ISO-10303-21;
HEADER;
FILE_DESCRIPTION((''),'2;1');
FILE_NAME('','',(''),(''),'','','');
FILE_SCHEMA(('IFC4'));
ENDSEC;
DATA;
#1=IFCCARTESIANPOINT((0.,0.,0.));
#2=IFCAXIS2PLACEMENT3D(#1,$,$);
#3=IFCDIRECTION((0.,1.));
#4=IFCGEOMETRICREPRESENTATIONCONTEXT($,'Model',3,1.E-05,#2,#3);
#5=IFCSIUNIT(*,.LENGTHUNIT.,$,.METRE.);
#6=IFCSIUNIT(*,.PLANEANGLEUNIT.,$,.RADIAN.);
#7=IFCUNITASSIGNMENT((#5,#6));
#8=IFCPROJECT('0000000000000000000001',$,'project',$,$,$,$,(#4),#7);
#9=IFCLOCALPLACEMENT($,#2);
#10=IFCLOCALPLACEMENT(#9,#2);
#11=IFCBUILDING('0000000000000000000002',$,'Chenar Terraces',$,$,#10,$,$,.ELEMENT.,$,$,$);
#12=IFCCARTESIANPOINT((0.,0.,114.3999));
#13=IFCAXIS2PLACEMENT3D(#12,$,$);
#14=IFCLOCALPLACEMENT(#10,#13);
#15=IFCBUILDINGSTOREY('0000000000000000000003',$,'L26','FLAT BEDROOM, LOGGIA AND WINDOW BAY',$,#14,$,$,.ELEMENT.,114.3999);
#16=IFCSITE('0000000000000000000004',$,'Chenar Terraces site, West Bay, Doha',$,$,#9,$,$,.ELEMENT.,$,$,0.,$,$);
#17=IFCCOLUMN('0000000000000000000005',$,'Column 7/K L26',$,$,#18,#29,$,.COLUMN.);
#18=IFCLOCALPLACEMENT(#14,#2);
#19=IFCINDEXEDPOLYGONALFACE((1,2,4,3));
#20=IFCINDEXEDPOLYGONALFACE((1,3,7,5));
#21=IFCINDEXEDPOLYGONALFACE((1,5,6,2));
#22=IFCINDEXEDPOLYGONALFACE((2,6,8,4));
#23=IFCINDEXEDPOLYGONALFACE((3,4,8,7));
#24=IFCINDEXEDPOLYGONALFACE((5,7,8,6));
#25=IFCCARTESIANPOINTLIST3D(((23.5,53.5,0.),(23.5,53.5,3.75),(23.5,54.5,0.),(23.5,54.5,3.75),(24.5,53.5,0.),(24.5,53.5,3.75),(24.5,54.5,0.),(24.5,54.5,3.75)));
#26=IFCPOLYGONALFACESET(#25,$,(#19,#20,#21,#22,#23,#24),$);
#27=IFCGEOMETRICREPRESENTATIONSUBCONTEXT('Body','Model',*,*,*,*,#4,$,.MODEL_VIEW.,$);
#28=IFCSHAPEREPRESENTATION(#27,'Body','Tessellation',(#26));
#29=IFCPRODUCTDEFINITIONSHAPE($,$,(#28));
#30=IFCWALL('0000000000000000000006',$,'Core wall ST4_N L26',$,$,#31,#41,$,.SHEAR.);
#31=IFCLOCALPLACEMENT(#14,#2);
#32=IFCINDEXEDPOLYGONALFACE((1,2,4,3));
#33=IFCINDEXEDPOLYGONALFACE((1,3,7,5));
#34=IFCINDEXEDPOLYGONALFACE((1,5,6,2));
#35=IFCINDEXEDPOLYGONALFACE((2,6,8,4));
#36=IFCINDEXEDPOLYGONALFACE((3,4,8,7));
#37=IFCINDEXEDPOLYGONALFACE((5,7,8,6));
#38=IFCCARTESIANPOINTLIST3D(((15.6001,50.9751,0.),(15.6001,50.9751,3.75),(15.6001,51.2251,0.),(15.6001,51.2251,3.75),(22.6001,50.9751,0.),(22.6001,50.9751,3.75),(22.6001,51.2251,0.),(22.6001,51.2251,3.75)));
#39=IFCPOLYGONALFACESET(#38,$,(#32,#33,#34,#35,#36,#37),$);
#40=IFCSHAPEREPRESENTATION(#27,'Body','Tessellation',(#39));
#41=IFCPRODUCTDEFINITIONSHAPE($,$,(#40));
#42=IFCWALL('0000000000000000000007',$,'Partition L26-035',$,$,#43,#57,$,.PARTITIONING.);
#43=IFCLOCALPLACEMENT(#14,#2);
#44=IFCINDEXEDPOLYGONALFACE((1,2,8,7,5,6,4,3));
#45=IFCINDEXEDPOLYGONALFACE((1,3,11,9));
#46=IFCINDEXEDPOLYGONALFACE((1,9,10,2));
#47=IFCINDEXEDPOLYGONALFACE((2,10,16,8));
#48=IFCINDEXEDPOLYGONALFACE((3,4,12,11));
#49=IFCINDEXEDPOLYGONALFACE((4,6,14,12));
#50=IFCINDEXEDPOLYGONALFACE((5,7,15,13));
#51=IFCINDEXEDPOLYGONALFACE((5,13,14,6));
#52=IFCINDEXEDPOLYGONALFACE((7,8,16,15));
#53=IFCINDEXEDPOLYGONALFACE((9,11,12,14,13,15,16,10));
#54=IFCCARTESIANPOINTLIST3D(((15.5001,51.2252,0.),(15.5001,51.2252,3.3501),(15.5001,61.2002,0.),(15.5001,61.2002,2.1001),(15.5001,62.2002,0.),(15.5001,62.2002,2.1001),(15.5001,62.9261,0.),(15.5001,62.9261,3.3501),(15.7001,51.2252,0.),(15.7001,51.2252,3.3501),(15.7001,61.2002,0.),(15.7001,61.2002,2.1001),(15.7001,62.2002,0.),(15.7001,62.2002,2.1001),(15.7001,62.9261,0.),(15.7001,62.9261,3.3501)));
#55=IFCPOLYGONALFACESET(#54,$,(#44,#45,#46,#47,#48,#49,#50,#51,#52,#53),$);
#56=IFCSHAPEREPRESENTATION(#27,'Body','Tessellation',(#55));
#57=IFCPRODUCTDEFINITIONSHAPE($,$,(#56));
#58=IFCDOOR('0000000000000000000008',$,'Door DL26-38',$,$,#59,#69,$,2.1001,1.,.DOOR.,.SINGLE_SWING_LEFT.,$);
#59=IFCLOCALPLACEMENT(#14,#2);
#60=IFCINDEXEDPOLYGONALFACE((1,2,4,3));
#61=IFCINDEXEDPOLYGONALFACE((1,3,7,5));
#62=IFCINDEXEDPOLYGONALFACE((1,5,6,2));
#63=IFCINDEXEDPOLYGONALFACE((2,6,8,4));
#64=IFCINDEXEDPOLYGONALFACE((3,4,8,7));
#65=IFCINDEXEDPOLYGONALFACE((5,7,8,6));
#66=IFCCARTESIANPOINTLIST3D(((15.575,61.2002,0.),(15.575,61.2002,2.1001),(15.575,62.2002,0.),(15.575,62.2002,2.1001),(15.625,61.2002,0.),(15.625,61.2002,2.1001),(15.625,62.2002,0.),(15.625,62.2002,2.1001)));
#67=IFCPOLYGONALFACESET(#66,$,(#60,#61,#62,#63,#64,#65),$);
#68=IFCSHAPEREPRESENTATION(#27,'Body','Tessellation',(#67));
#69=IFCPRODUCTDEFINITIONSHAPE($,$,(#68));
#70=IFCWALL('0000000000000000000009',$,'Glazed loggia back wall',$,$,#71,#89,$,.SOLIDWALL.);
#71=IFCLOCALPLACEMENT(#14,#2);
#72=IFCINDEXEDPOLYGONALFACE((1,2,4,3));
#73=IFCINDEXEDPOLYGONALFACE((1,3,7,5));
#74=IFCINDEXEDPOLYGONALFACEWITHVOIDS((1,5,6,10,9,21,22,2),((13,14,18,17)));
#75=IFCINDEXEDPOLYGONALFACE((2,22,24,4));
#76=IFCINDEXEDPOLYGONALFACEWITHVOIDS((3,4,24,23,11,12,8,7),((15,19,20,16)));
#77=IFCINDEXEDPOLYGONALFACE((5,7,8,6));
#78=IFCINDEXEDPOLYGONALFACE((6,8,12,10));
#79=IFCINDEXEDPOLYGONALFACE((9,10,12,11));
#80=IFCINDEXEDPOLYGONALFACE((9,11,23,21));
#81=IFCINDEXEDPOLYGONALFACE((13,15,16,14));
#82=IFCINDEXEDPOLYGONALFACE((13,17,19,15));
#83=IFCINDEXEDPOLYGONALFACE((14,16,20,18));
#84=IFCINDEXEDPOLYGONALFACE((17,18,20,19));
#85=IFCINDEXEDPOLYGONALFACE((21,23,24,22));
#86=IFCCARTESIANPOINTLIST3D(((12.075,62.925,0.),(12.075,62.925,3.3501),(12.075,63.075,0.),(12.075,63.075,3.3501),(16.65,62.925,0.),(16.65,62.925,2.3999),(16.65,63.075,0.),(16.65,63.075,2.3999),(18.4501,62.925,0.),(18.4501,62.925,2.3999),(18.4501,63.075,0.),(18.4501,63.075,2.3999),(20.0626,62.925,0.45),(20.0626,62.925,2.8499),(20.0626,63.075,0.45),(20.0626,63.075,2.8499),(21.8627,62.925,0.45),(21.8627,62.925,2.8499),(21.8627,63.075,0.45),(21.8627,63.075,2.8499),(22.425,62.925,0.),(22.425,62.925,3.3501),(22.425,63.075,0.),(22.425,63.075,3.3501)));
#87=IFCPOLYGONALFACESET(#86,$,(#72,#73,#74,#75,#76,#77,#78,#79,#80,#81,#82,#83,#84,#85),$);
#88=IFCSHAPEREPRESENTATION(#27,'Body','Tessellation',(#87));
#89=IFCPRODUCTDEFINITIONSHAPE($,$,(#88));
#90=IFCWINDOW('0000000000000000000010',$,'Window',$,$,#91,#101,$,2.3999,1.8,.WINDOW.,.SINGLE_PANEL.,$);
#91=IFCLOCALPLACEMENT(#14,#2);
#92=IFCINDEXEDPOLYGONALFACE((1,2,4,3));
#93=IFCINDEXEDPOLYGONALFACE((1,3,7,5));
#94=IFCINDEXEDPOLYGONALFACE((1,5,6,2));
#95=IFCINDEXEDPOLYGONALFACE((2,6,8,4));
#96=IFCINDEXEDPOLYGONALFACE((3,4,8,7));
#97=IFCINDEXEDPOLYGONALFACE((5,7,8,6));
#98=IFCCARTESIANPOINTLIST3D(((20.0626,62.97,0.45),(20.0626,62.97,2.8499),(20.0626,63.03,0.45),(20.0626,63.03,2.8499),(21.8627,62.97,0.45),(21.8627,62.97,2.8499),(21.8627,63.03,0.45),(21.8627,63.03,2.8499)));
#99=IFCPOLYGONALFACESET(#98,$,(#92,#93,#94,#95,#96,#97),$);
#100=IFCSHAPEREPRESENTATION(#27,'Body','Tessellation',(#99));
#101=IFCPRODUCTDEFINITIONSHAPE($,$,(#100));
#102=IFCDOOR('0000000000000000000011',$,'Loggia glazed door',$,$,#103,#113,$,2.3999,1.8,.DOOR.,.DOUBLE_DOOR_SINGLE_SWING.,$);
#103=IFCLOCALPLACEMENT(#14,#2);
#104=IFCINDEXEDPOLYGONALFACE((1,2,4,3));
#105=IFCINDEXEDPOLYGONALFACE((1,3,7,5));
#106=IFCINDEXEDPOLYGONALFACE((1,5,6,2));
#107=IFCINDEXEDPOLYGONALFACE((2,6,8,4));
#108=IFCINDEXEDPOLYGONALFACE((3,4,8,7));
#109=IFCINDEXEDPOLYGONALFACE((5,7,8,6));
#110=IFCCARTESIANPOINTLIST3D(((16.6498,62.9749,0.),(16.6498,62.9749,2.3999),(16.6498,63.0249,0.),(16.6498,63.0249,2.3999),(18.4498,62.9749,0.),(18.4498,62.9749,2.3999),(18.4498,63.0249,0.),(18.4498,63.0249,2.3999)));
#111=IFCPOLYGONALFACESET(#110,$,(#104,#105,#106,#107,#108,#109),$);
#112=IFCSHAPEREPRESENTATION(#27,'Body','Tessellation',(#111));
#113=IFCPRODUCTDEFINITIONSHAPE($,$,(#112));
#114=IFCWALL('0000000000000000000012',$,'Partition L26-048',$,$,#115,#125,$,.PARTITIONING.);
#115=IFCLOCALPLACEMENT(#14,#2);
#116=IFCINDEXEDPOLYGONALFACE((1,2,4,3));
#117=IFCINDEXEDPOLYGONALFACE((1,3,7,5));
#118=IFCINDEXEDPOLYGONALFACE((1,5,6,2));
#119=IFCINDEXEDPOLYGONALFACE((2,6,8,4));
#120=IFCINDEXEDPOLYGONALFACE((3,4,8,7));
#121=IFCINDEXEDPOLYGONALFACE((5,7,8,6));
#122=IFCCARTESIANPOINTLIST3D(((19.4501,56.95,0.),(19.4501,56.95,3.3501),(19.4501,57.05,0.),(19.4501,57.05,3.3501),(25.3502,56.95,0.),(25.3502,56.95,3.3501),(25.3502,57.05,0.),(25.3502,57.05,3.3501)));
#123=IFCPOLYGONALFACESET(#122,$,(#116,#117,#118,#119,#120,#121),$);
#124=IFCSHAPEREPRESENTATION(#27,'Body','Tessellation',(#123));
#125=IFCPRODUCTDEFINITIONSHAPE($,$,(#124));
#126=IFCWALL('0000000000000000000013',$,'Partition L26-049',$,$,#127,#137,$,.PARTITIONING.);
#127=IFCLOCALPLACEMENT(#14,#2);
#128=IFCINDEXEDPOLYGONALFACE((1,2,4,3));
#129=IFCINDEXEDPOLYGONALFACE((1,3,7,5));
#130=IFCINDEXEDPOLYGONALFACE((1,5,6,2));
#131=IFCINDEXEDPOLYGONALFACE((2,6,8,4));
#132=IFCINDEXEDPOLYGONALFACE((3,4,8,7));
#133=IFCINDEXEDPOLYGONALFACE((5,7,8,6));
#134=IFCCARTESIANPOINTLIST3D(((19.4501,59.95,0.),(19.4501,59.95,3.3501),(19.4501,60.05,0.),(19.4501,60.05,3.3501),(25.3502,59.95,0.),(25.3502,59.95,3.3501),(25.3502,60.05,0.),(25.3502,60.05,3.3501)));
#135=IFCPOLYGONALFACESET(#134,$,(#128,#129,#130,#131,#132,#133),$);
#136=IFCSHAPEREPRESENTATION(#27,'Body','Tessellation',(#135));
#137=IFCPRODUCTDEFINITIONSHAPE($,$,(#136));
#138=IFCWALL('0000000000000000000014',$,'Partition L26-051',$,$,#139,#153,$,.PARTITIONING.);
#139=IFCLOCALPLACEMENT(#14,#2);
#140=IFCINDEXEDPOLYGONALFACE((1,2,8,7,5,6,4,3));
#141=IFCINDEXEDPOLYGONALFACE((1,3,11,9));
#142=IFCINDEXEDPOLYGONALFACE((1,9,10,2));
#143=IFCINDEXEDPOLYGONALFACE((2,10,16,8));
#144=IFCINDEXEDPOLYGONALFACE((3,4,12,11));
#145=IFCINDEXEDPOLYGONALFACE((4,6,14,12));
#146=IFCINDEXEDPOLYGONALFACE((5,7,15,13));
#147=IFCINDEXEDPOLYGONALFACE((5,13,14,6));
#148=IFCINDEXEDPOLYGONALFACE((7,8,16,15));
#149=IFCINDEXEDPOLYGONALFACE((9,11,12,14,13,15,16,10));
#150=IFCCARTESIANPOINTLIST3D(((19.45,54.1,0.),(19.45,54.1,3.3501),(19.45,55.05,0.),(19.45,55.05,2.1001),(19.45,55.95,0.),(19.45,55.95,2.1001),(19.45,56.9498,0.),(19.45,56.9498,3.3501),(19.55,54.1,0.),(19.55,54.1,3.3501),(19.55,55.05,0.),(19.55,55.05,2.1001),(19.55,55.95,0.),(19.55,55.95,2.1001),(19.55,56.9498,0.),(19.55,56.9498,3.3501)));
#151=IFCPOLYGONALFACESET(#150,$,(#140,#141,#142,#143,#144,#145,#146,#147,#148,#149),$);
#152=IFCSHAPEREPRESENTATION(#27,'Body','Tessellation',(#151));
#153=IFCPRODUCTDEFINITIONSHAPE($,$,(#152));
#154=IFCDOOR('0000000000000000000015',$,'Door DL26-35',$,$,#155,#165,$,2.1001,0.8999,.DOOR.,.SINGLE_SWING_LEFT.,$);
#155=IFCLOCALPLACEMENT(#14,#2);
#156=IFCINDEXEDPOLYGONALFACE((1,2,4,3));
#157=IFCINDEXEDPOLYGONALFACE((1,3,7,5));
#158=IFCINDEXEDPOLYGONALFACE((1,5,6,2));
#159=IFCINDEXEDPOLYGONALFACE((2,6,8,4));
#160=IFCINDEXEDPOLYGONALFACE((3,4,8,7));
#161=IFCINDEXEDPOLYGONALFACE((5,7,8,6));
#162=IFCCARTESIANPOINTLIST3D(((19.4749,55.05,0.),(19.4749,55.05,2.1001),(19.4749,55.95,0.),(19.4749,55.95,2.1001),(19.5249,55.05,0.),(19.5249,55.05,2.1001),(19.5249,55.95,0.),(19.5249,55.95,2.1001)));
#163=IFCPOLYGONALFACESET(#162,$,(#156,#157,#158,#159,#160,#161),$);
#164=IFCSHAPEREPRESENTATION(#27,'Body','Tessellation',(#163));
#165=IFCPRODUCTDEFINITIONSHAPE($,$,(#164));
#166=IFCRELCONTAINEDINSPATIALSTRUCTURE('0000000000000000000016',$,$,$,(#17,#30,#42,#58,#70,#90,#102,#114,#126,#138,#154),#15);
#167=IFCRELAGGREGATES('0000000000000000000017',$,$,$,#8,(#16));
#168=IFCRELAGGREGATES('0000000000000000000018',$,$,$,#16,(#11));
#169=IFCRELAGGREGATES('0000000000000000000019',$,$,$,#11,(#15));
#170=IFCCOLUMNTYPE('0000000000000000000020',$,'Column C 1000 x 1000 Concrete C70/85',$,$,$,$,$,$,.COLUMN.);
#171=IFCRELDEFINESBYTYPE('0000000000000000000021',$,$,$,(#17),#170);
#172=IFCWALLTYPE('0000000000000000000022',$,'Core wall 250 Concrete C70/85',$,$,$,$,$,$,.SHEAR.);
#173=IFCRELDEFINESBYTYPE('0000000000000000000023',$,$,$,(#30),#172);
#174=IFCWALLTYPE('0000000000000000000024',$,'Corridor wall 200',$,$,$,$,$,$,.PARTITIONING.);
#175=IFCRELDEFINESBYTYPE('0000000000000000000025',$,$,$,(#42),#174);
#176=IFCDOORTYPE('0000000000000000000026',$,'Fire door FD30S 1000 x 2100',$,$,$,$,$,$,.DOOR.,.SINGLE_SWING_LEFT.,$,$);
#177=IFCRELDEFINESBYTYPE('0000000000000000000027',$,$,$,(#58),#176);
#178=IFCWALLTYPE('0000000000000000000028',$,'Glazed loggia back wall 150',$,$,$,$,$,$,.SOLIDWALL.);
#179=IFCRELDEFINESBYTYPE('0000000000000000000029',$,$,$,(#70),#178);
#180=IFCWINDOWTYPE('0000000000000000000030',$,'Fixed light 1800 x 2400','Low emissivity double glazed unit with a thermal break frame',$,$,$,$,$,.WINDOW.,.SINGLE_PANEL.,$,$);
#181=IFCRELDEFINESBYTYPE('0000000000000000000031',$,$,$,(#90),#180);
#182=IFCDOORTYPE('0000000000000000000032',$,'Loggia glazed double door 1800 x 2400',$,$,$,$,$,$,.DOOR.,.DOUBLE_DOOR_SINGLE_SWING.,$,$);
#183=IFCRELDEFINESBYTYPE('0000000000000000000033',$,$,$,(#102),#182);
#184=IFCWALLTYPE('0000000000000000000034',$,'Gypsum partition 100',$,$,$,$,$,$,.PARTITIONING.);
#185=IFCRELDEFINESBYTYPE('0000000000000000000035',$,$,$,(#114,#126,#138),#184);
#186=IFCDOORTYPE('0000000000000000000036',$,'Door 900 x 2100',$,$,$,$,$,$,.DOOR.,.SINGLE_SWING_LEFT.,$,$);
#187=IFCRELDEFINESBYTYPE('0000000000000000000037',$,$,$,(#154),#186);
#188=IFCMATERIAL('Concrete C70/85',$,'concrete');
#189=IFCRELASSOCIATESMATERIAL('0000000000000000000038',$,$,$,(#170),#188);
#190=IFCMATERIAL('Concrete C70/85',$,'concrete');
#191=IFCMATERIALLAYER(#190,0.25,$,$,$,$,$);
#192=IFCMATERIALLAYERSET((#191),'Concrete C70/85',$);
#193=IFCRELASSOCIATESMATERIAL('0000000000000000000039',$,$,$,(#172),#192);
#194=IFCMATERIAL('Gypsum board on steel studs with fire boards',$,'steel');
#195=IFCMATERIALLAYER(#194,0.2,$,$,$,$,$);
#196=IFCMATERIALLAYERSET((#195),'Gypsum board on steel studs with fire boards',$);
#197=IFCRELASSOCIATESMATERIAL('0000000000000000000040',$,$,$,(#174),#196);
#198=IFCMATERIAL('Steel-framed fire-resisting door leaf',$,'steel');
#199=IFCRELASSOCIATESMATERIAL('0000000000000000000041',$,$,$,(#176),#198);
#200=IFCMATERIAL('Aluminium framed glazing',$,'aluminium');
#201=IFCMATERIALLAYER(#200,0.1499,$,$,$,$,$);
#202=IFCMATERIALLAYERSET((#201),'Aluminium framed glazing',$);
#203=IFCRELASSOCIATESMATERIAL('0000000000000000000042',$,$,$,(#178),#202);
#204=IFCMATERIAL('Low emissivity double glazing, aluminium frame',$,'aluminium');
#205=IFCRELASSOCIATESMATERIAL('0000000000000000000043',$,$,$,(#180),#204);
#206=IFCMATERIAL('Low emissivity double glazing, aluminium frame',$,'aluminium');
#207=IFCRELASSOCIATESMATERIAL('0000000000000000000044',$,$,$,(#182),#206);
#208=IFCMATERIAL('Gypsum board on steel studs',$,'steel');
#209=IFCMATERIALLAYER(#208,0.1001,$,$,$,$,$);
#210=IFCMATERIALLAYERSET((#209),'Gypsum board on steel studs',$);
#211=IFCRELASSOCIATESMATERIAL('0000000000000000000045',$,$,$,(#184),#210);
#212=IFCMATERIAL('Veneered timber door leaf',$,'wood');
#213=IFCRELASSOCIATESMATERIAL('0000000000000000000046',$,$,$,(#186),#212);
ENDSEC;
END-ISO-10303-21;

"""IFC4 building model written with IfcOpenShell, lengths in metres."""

from ifc_helpers import new_model, si_unit, direction, frame, frame_2d, origin, origin_2d, place, context, subcontext, project, spatial, rectangle, extrude, material, layer, layer_set, material_profile, profile_set, type_object, element, fill, save


model = new_model("IFC4")

# Units and contexts
model_context = context("Model", 3, precision=1e-05, world=origin(), true_north=direction((0.0, 1.0)))
body_context = subcontext(model_context, "Body", "Model", "MODEL_VIEW")
ifc_project = project(units=[si_unit("LENGTHUNIT", "METRE"), si_unit("PLANEANGLEUNIT", "RADIAN")], contexts=[model_context])

# Site, building, storey
site_placement = place(None, origin())
site = spatial("IfcSite", under=ifc_project, at=site_placement, Name="Chenar Terraces site, West Bay, Doha", CompositionType="ELEMENT", RefElevation=0.0)
building_placement = place(site_placement, origin())
building = spatial("IfcBuilding", under=site, at=building_placement, Name="Chenar Terraces", CompositionType="ELEMENT")
storey_placement = place(building_placement, frame((0.0, 0.0, 114.3999)))
storey = spatial("IfcBuildingStorey", under=building, at=storey_placement, Name="L26", Description="FLAT BEDROOM, LOGGIA AND WINDOW BAY", CompositionType="ELEMENT", Elevation=114.3999)

# Column
ifc_material_1 = material(Name="Concrete C70/85", Category="concrete")
ifc_material_profile_1 = material_profile(ifc_material_1, rectangle(XDim=1.0, YDim=1.0, at=origin_2d()), Name="C 1000 x 1000")
ifc_profile_set_1 = profile_set([ifc_material_profile_1], Name="Concrete C70/85")
column_type = type_object("IfcColumnType", Name="Column C 1000 x 1000 Concrete C70/85", PredefinedType="COLUMN", material=ifc_profile_set_1)
column_placement = place(storey_placement, frame((24.0, 54.0, 0.0), z_axis=(0.0, 0.0, 1.0), x_axis=(1.0, 0.0, 0.0)))
element("IfcColumn", 1, at=column_placement, inside=storey, type_object=column_type, Name="Column 7/K L26", PredefinedType="COLUMN", context=body_context, shape_type="SweptSolid", body=[
    extrude(rectangle(XDim=1.0, YDim=1.0, at=origin_2d()), origin(), (0.0, 0.0, 1.0), 3.75),
])

# Wall
ifc_material_2 = material(Name="Concrete C70/85", Category="concrete")
ifc_layer_1 = layer(ifc_material_2, 0.25)
ifc_layer_set_1 = layer_set([ifc_layer_1], Name="Concrete C70/85")
wall_type_1 = type_object("IfcWallType", Name="Core wall 250 Concrete C70/85", PredefinedType="SHEAR", material=ifc_layer_set_1)
wall_1_placement = place(storey_placement, frame((15.6001, 51.1001, 0.0), z_axis=(0.0, 0.0, 1.0), x_axis=(1.0, 0.0, 0.0)))
element("IfcWall", 2, at=wall_1_placement, inside=storey, type_object=wall_type_1, Name="Core wall ST4_N L26", PredefinedType="SHEAR", context=body_context, shape_type="SweptSolid", body=[
    extrude(rectangle(XDim=7.0, YDim=0.25, at=frame_2d((3.5, 0.0))), origin(), (0.0, 0.0, 1.0), 3.75),
])

# Wall, opening, door
ifc_material_3 = material(Name="Gypsum board on steel studs with fire boards", Category="steel")
ifc_layer_2 = layer(ifc_material_3, 0.2)
ifc_layer_set_2 = layer_set([ifc_layer_2], Name="Gypsum board on steel studs with fire boards")
wall_type_2 = type_object("IfcWallType", Name="Corridor wall 200", PredefinedType="PARTITIONING", material=ifc_layer_set_2)
wall_2_placement = place(storey_placement, frame((15.6001, 51.2251, 0.0), z_axis=(0.0, 0.0, 1.0), x_axis=(0.0, 1.0, 0.0)))
wall_2 = element("IfcWall", 3, at=wall_2_placement, inside=storey, type_object=wall_type_2, Name="Partition L26-035", PredefinedType="PARTITIONING", context=body_context, shape_type="SweptSolid", body=[
    extrude(rectangle(XDim=11.7009, YDim=0.2, at=frame_2d((5.8506, 0.0))), origin(), (0.0, 0.0, 1.0), 3.3501),
])
opening_1_placement = place(wall_2_placement, frame((9.9751, 0.0, 0.0)))
opening_1 = element("IfcOpeningElement", 4, at=opening_1_placement, cuts=wall_2, PredefinedType="OPENING", context=body_context, shape_type="SweptSolid", body=[
    extrude(rectangle(XDim=1.0, YDim=2.1001, at=frame_2d((0.5, 1.05))), frame((0.0, 0.1099, 0.0), z_axis=(0.0, -1.0, 0.0), x_axis=(1.0, 0.0, 0.0)), (0.0, 0.0, 1.0), 0.22),
])
ifc_material_4 = material(Name="Steel-framed fire-resisting door leaf", Category="steel")
door_type_1 = type_object("IfcDoorType", Name="Fire door FD30S 1000 x 2100", OperationType="SINGLE_SWING_LEFT", PredefinedType="DOOR", material=ifc_material_4)
door_1_placement = place(opening_1_placement, frame((1.0, 0.0, 0.0), z_axis=(0.0, 0.0, 1.0), x_axis=(-1.0, 0.0, 0.0)))
door_1 = element("IfcDoor", 5, at=door_1_placement, inside=storey, type_object=door_type_1, Name="Door DL26-38", OperationType="SINGLE_SWING_LEFT", OverallHeight=2.1001, OverallWidth=1.0, PredefinedType="DOOR", context=body_context, shape_type="SweptSolid", body=[
    extrude(rectangle(XDim=1.0, YDim=2.1001, at=frame_2d((0.5, 1.05))), frame((0.0, 0.0249, 0.0), z_axis=(0.0, -1.0, 0.0), x_axis=(1.0, 0.0, 0.0)), (0.0, 0.0, 1.0), 0.05),
])
fill(opening_1, door_1)

# Wall, openings, window, door
ifc_material_5 = material(Name="Aluminium framed glazing", Category="aluminium")
ifc_layer_3 = layer(ifc_material_5, 0.1499)
ifc_layer_set_3 = layer_set([ifc_layer_3], Name="Aluminium framed glazing")
wall_type_3 = type_object("IfcWallType", Name="Glazed loggia back wall 150", PredefinedType="SOLIDWALL", material=ifc_layer_set_3)
wall_3_placement = place(storey_placement, frame((22.425, 63.0, 0.0), z_axis=(0.0, 0.0, 1.0), x_axis=(-1.0, 0.0, 0.0)))
wall_3 = element("IfcWall", 6, at=wall_3_placement, inside=storey, type_object=wall_type_3, Name="Glazed loggia back wall", PredefinedType="SOLIDWALL", context=body_context, shape_type="SweptSolid", body=[
    extrude(rectangle(XDim=10.3501, YDim=0.1499, at=frame_2d((5.175, 0.0))), origin(), (0.0, 0.0, 1.0), 3.3501),
])
opening_2_placement = place(wall_3_placement, frame((0.5625, 0.0, 0.45)))
opening_2 = element("IfcOpeningElement", 7, at=opening_2_placement, cuts=wall_3, PredefinedType="OPENING", context=body_context, shape_type="SweptSolid", body=[
    extrude(rectangle(XDim=1.8, YDim=2.3999, at=frame_2d((0.8999, 1.2))), frame((0.0, 0.085, 0.0), z_axis=(0.0, -1.0, 0.0), x_axis=(1.0, 0.0, 0.0)), (0.0, 0.0, 1.0), 0.1699),
])
opening_3_placement = place(wall_3_placement, frame((3.9751, 0.0, 0.0)))
opening_3 = element("IfcOpeningElement", 8, at=opening_3_placement, cuts=wall_3, PredefinedType="OPENING", context=body_context, shape_type="SweptSolid", body=[
    extrude(rectangle(XDim=1.8, YDim=2.3999, at=frame_2d((0.8999, 1.2))), frame((0.0, 0.085, 0.0), z_axis=(0.0, -1.0, 0.0), x_axis=(1.0, 0.0, 0.0)), (0.0, 0.0, 1.0), 0.1699),
])
ifc_material_6 = material(Name="Low emissivity double glazing, aluminium frame", Category="aluminium")
window_type_1 = type_object("IfcWindowType", Name="Fixed light 1800 x 2400", Description="Low emissivity double glazed unit with a thermal break frame", PartitioningType="SINGLE_PANEL", PredefinedType="WINDOW", material=ifc_material_6)
window_1_placement = place(opening_2_placement, origin())
window_1 = element("IfcWindow", 9, at=window_1_placement, inside=storey, type_object=window_type_1, Name="Window", OverallHeight=2.3999, OverallWidth=1.8, PartitioningType="SINGLE_PANEL", PredefinedType="WINDOW", context=body_context, shape_type="SweptSolid", body=[
    extrude(rectangle(XDim=1.8, YDim=2.3999, at=frame_2d((0.8999, 1.2))), frame((0.0, 0.03, 0.0), z_axis=(0.0, -1.0, 0.0), x_axis=(1.0, 0.0, 0.0)), (0.0, 0.0, 1.0), 0.0601),
])
fill(opening_2, window_1)
ifc_material_7 = material(Name="Low emissivity double glazing, aluminium frame", Category="aluminium")
door_type_2 = type_object("IfcDoorType", Name="Loggia glazed double door 1800 x 2400", OperationType="DOUBLE_DOOR_SINGLE_SWING", PredefinedType="DOOR", material=ifc_material_7)
door_2_placement = place(opening_3_placement, frame((1.8, 0.0, 0.0), z_axis=(0.0, 0.0, 1.0), x_axis=(-1.0, 0.0, 0.0)))
door_2 = element("IfcDoor", 10, at=door_2_placement, inside=storey, type_object=door_type_2, Name="Loggia glazed door", OperationType="DOUBLE_DOOR_SINGLE_SWING", OverallHeight=2.3999, OverallWidth=1.8, PredefinedType="DOOR", context=body_context, shape_type="SweptSolid", body=[
    extrude(rectangle(XDim=1.8, YDim=2.3999, at=frame_2d((0.8999, 1.2))), frame((0.0, 0.0249, 0.0), z_axis=(0.0, -1.0, 0.0), x_axis=(1.0, 0.0, 0.0)), (0.0, 0.0, 1.0), 0.05),
])
fill(opening_3, door_2)

# Walls
ifc_material_8 = material(Name="Gypsum board on steel studs", Category="steel")
ifc_layer_4 = layer(ifc_material_8, 0.1001)
ifc_layer_set_4 = layer_set([ifc_layer_4], Name="Gypsum board on steel studs")
wall_type_4 = type_object("IfcWallType", Name="Gypsum partition 100", PredefinedType="PARTITIONING", material=ifc_layer_set_4)
for number, where, z_axis, x_axis, name in (
    (11, (19.45, 57.0, 0.0), (0.0, 0.0, 1.0), (1.0, 0.0, 0.0), "Partition L26-048"),
    (12, (19.45, 60.0, 0.0), (0.0, 0.0, 1.0), (1.0, 0.0, 0.0), "Partition L26-049"),
):
    element("IfcWall", number, at=place(storey_placement, frame(where, z_axis=z_axis, x_axis=x_axis)), inside=storey, type_object=wall_type_4, Name=name, PredefinedType="PARTITIONING", context=body_context, shape_type="SweptSolid", body=[
        extrude(rectangle(XDim=5.9001, YDim=0.1001, at=frame_2d((2.9502, 0.0))), origin(), (0.0, 0.0, 1.0), 3.3501),
    ])

# Wall, opening, door
wall_4_placement = place(storey_placement, frame((19.5, 54.1001, 0.0), z_axis=(0.0, 0.0, 1.0), x_axis=(0.0, 1.0, 0.0)))
wall_4 = element("IfcWall", 13, at=wall_4_placement, inside=storey, type_object=wall_type_4, Name="Partition L26-051", PredefinedType="PARTITIONING", context=body_context, shape_type="SweptSolid", body=[
    extrude(rectangle(XDim=2.8499, YDim=0.1001, at=frame_2d((1.4248, 0.0))), origin(), (0.0, 0.0, 1.0), 3.3501),
])
opening_4_placement = place(wall_4_placement, frame((0.95, 0.0, 0.0)))
opening_4 = element("IfcOpeningElement", 14, at=opening_4_placement, cuts=wall_4, PredefinedType="OPENING", context=body_context, shape_type="SweptSolid", body=[
    extrude(rectangle(XDim=0.8999, YDim=2.1001, at=frame_2d((0.45, 1.05))), frame((0.0, 0.0601, 0.0), z_axis=(0.0, -1.0, 0.0), x_axis=(1.0, 0.0, 0.0)), (0.0, 0.0, 1.0), 0.1201),
])
ifc_material_9 = material(Name="Veneered timber door leaf", Category="wood")
door_type_3 = type_object("IfcDoorType", Name="Door 900 x 2100", OperationType="SINGLE_SWING_LEFT", PredefinedType="DOOR", material=ifc_material_9)
door_3_placement = place(opening_4_placement, frame((0.8999, 0.0, 0.0), z_axis=(0.0, 0.0, 1.0), x_axis=(-1.0, 0.0, 0.0)))
door_3 = element("IfcDoor", 15, at=door_3_placement, inside=storey, type_object=door_type_3, Name="Door DL26-35", OperationType="SINGLE_SWING_LEFT", OverallHeight=2.1001, OverallWidth=0.8999, PredefinedType="DOOR", context=body_context, shape_type="SweptSolid", body=[
    extrude(rectangle(XDim=0.8999, YDim=2.1001, at=frame_2d((0.45, 1.05))), frame((0.0, 0.0249, 0.0), z_axis=(0.0, -1.0, 0.0), x_axis=(1.0, 0.0, 0.0)), (0.0, 0.0, 1.0), 0.05),
])
fill(opening_4, door_3)

save(model, "model.ifc")
